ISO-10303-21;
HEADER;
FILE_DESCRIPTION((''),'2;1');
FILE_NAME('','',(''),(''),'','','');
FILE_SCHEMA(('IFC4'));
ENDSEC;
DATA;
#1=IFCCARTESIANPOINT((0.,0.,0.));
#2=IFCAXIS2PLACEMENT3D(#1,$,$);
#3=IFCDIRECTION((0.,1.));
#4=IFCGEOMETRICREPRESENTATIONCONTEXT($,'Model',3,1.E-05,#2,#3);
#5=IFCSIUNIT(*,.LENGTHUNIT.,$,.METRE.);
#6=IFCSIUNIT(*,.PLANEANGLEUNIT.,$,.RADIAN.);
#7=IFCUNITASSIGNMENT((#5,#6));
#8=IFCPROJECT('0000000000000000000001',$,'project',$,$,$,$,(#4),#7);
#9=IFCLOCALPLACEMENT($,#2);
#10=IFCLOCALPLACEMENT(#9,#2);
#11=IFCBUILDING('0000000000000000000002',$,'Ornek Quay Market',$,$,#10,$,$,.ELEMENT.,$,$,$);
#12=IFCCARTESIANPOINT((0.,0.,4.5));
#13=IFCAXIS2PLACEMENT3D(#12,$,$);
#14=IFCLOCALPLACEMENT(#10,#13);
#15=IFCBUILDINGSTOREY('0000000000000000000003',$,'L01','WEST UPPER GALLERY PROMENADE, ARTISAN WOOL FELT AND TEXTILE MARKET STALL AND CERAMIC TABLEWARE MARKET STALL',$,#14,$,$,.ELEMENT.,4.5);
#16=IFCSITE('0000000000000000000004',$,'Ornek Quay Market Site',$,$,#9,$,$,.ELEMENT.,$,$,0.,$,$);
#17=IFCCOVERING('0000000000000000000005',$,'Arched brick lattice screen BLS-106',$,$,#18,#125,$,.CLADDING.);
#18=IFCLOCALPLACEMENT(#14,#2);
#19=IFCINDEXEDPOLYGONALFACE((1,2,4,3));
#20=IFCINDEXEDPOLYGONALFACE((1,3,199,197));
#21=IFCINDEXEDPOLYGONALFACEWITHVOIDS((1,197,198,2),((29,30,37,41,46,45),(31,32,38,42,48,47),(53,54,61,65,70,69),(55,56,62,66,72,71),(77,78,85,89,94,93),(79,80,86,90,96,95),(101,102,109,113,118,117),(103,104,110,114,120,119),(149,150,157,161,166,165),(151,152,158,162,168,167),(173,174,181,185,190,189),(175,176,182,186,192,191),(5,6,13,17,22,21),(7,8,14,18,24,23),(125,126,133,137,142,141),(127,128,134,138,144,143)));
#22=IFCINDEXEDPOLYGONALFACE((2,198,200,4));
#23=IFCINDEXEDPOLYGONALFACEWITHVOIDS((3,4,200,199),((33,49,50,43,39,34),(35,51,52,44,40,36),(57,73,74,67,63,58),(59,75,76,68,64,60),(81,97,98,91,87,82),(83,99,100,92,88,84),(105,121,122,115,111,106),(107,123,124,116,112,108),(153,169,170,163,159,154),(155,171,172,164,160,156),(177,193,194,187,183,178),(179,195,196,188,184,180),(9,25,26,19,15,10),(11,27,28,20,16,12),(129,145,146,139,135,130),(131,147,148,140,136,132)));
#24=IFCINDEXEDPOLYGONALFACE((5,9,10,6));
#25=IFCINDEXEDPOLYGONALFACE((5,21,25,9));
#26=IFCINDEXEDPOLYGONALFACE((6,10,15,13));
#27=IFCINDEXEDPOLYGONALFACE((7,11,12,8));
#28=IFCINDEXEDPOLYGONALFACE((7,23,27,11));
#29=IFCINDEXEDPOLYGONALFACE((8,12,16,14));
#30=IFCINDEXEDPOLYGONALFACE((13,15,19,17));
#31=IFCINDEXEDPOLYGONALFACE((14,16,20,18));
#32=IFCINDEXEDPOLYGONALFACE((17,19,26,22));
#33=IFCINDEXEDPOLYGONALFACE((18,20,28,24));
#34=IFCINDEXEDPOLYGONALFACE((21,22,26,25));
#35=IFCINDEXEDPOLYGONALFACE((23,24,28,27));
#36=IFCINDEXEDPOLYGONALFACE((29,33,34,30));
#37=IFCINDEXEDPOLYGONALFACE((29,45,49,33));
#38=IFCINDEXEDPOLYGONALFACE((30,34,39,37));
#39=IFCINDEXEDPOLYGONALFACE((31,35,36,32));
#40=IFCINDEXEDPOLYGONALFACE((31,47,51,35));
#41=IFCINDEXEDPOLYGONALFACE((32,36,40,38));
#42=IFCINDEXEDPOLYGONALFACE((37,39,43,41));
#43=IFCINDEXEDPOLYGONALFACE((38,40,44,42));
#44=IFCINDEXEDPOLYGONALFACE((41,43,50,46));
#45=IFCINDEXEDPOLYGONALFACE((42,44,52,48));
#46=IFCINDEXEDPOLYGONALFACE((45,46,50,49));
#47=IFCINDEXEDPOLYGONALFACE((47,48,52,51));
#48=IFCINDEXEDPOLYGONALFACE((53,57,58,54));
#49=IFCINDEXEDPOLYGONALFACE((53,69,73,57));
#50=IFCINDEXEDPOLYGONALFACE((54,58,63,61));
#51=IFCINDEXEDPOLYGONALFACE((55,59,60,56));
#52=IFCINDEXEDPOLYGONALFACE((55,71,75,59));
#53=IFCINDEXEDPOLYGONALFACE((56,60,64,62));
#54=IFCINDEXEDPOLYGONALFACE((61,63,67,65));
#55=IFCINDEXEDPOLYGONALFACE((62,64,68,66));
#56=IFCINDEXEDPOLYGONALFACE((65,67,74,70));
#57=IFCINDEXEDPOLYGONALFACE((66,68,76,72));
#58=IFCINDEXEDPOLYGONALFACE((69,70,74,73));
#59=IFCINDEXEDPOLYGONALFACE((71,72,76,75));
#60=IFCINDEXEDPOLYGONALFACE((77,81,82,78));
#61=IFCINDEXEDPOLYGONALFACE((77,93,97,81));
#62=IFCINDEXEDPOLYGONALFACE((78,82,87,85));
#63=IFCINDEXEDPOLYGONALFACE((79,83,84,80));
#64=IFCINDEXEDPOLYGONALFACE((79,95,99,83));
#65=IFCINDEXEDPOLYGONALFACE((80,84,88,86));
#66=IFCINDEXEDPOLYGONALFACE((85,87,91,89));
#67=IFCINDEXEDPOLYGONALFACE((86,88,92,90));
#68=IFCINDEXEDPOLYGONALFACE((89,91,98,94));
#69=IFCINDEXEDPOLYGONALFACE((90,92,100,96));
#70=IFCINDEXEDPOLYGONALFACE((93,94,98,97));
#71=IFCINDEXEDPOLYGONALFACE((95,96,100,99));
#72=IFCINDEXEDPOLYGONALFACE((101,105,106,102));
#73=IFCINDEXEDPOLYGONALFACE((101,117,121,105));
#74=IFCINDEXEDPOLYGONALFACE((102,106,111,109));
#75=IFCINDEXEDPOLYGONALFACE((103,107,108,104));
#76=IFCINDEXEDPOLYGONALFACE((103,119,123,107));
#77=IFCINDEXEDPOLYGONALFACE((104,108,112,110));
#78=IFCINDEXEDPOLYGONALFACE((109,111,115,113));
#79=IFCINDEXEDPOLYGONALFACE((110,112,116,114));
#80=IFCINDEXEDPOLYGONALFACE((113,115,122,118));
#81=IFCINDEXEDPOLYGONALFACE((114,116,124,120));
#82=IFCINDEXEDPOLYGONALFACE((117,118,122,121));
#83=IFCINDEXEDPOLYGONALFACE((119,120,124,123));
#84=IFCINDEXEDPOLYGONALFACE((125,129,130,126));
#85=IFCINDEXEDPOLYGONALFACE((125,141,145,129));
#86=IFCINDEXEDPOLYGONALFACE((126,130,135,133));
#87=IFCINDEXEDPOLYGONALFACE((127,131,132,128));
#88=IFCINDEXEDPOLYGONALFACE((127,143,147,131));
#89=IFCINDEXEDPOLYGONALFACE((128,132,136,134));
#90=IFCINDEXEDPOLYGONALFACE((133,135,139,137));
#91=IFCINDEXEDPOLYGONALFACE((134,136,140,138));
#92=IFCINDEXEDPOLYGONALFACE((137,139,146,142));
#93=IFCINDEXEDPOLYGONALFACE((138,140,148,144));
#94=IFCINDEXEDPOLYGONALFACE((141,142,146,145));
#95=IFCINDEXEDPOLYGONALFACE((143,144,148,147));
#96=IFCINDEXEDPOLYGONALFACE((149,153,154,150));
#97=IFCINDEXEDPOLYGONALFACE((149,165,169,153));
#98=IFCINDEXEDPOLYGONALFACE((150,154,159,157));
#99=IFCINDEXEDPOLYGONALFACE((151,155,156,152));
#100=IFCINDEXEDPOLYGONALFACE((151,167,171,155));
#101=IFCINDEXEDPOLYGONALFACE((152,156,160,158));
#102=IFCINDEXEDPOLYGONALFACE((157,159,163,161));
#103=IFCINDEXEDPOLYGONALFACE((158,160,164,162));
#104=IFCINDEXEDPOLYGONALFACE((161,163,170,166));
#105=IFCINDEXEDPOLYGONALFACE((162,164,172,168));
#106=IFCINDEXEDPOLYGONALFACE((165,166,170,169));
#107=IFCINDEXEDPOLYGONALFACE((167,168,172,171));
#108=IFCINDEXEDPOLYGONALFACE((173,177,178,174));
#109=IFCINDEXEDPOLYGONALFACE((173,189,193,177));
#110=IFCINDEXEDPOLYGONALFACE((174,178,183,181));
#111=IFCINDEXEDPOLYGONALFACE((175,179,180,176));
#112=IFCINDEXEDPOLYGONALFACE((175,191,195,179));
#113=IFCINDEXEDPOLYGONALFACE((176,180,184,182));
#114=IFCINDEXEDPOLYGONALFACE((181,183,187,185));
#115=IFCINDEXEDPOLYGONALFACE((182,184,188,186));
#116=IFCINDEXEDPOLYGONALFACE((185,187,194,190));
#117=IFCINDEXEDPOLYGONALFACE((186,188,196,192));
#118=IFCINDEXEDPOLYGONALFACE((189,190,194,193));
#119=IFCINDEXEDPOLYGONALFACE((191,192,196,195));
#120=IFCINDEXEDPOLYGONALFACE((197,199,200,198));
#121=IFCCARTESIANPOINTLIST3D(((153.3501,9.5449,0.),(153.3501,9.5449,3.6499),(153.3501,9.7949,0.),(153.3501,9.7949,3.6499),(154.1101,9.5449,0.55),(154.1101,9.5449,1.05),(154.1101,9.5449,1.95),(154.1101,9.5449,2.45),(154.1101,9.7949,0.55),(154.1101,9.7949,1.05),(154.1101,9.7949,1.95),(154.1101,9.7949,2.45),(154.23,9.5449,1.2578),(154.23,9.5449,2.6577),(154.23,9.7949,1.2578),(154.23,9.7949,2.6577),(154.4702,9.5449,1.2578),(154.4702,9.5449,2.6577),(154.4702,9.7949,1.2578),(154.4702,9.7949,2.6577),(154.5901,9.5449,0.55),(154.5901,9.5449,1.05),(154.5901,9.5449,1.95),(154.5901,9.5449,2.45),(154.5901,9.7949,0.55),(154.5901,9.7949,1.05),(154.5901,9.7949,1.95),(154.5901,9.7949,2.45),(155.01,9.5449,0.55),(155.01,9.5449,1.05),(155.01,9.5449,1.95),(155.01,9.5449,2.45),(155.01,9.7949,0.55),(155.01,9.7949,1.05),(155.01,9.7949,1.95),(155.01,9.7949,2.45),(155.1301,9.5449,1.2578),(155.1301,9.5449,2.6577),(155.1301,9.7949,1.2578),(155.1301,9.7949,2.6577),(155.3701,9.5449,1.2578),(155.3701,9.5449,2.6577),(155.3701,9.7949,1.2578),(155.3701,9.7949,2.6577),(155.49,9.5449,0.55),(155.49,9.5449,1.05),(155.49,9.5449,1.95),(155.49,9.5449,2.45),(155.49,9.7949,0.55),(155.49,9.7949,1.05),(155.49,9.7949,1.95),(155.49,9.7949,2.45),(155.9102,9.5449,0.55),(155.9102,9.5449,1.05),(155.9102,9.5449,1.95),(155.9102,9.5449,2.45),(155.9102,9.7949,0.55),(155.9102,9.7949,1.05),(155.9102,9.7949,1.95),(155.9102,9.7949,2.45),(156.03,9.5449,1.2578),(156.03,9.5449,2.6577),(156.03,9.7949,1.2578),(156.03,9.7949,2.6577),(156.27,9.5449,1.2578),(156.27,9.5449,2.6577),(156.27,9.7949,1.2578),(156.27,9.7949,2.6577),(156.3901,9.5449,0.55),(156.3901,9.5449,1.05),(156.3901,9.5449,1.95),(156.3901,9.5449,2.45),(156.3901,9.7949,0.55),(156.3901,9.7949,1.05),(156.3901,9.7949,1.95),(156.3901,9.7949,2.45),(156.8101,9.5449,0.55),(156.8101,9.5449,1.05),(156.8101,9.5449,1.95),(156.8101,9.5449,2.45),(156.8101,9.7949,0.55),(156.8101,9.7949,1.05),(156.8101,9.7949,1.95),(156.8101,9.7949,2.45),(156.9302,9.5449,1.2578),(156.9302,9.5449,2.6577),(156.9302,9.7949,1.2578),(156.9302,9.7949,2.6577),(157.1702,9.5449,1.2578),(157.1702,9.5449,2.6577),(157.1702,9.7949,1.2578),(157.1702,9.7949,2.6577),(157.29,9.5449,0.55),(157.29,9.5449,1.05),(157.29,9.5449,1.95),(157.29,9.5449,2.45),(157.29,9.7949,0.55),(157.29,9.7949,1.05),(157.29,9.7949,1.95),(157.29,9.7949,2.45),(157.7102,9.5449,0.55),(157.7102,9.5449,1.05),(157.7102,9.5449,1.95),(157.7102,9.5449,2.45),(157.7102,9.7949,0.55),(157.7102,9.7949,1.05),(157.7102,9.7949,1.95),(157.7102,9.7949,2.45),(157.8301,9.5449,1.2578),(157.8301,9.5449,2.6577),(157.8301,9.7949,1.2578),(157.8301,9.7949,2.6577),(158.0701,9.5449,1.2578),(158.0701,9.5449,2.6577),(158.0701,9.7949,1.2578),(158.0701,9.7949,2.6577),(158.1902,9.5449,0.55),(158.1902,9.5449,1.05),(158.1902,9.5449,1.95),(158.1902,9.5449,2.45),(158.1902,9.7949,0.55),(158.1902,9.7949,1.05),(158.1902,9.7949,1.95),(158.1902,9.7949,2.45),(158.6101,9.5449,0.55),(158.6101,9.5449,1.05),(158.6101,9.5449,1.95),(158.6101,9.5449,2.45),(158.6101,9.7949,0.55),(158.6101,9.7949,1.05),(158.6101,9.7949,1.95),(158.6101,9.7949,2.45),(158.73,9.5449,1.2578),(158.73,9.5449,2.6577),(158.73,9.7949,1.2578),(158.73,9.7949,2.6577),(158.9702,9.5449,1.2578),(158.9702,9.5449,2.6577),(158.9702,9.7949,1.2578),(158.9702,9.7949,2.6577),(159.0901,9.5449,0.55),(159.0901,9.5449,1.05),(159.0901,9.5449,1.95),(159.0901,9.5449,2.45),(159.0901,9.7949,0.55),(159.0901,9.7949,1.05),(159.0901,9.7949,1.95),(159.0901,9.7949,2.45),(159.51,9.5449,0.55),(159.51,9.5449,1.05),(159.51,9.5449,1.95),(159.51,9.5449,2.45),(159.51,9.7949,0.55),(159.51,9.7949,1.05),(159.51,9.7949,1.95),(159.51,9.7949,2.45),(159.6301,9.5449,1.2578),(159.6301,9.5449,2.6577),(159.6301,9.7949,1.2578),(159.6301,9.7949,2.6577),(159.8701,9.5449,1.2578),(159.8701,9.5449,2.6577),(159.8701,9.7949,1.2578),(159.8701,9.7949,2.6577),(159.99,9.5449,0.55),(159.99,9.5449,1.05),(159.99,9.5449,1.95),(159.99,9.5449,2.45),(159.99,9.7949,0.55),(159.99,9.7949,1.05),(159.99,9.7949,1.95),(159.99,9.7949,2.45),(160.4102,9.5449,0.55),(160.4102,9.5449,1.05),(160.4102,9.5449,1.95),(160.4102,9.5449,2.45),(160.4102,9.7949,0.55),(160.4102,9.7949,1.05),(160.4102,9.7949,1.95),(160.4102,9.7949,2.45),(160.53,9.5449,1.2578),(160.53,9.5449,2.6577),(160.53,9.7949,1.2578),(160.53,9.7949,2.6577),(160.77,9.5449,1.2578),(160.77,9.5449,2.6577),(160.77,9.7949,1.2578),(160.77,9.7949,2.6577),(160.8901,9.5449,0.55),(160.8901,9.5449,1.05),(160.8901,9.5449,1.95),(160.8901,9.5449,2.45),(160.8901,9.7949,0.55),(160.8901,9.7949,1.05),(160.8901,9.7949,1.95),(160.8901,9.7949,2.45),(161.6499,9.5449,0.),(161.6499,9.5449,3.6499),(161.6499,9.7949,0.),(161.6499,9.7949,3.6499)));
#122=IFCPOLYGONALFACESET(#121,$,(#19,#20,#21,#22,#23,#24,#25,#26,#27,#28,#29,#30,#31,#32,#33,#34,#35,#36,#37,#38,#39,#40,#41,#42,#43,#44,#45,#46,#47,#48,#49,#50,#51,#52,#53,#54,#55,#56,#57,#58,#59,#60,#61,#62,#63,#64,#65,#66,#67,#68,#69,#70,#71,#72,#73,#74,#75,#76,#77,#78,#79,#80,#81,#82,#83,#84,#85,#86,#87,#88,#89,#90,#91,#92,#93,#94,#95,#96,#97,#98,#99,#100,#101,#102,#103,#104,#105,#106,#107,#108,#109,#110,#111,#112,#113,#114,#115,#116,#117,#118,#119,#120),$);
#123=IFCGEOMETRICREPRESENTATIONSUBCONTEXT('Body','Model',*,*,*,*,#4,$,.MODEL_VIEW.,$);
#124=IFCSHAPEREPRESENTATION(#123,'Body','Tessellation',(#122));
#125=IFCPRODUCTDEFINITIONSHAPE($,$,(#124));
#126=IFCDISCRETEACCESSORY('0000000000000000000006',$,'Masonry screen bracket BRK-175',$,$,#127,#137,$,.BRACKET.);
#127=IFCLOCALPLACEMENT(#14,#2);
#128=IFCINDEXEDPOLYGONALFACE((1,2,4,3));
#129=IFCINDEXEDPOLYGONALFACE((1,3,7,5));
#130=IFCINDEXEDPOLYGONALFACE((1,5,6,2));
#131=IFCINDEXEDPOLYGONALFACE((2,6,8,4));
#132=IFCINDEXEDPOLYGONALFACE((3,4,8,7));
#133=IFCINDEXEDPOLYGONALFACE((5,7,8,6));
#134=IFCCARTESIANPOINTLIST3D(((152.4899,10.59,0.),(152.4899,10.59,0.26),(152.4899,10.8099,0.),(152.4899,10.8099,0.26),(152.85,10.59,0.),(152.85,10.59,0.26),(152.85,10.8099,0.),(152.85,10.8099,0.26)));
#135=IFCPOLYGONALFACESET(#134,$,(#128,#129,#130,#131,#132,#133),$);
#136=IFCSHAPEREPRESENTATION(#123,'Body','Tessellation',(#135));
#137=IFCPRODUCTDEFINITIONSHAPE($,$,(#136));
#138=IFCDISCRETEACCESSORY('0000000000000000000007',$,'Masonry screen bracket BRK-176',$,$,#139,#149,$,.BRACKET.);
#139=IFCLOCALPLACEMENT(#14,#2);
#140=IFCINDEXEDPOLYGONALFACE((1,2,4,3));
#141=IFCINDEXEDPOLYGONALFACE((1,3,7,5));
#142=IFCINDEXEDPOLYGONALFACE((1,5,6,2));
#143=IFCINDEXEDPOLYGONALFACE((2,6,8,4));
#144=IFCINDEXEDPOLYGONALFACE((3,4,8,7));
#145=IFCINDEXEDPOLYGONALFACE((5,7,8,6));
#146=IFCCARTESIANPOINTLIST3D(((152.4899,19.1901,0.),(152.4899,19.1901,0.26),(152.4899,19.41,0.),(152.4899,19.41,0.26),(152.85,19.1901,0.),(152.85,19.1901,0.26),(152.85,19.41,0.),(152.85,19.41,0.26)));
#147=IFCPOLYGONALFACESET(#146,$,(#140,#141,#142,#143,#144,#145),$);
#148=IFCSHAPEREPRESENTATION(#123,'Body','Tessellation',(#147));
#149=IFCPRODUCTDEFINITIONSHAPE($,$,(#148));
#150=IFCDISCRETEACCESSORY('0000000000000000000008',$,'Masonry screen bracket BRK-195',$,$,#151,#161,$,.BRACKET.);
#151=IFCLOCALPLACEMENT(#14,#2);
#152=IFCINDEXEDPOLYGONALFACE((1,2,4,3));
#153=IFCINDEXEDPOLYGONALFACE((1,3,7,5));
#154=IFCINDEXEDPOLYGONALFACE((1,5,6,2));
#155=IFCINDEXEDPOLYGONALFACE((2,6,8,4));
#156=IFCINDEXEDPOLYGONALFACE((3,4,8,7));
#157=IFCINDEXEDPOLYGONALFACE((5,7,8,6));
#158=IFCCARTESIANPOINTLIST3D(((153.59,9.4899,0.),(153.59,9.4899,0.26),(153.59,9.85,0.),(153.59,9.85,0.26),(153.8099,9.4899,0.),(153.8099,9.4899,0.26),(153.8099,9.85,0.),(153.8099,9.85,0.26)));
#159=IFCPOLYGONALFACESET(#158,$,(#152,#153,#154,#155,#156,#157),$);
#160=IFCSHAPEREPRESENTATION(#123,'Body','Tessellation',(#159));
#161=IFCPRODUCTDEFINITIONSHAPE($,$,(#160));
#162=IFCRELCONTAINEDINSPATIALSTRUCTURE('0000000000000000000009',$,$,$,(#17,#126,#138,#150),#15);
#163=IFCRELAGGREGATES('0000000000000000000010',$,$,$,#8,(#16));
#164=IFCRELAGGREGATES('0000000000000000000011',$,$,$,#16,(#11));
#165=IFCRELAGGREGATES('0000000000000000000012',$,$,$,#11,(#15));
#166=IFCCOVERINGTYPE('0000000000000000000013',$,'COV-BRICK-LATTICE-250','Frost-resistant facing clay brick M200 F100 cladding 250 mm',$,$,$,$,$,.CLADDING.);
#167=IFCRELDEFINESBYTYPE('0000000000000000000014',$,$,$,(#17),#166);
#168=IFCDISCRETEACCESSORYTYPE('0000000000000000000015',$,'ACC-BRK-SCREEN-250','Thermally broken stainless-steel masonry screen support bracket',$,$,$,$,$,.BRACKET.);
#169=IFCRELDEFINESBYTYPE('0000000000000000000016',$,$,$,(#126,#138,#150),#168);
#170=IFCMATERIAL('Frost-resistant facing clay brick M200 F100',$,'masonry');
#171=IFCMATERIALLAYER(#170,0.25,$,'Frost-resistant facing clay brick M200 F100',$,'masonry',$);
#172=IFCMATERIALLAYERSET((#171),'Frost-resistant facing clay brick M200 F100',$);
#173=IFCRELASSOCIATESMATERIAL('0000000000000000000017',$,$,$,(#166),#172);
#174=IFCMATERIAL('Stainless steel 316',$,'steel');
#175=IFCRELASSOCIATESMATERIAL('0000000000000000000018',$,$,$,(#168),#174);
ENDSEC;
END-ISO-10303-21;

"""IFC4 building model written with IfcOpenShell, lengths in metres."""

from ifc_helpers import new_model, si_unit, direction, frame, origin, origin_2d, place, context, subcontext, project, spatial, polyline, rectangle, outline, extrude, material, layer, layer_set, type_object, element, save


model = new_model("IFC4")

# Units and contexts
model_context = context("Model", 3, precision=1e-05, world=origin(), true_north=direction((0.0, 1.0)))
body_context = subcontext(model_context, "Body", "Model", "MODEL_VIEW")
ifc_project = project(units=[si_unit("LENGTHUNIT", "METRE"), si_unit("PLANEANGLEUNIT", "RADIAN")], contexts=[model_context])

# Site, building, storey
site_placement = place(None, origin())
site = spatial("IfcSite", under=ifc_project, at=site_placement, Name="Ornek Quay Market Site", CompositionType="ELEMENT", RefElevation=0.0)
building_placement = place(site_placement, origin())
building = spatial("IfcBuilding", under=site, at=building_placement, Name="Ornek Quay Market", CompositionType="ELEMENT")
storey_placement = place(building_placement, frame((0.0, 0.0, 4.5)))
storey = spatial("IfcBuildingStorey", under=building, at=storey_placement, Name="L01", Description="WEST UPPER GALLERY PROMENADE, ARTISAN WOOL FELT AND TEXTILE MARKET STALL AND CERAMIC TABLEWARE MARKET STALL", CompositionType="ELEMENT", Elevation=4.5)

# Shared definitions
ifc_material_1 = material(Name="Frost-resistant facing clay brick M200 F100", Category="masonry")

# Covering
ifc_layer_1 = layer(ifc_material_1, 0.25, Name="Frost-resistant facing clay brick M200 F100", Category="masonry")
ifc_layer_set_1 = layer_set([ifc_layer_1], Name="Frost-resistant facing clay brick M200 F100")
covering_type = type_object("IfcCoveringType", Name="COV-BRICK-LATTICE-250", Description="Frost-resistant facing clay brick M200 F100 cladding 250 mm", PredefinedType="CLADDING", material=ifc_layer_set_1)
covering_1_placement = place(storey_placement, frame((153.3501, 9.6699, 0.0), z_axis=(0.0, 0.0, 1.0), x_axis=(1.0, 0.0, 0.0)))
element("IfcCovering", 1, at=covering_1_placement, inside=storey, type_object=covering_type, Name="Arched brick lattice screen BLS-106", PredefinedType="CLADDING", context=body_context, shape_type="SweptSolid", body=[
    extrude(outline(polyline([(0.0, 0.0), (8.2998, 0.0), (8.2998, 3.6499), (0.0, 3.6499), (0.0, 0.0)]), holes=[polyline([(0.76, 0.55), (1.24, 0.55), (1.24, 1.05), (1.1201, 1.2578), (0.8799, 1.2578), (0.76, 1.05), (0.76, 0.55)]), polyline([(0.76, 1.95), (1.24, 1.95), (1.24, 2.45), (1.1201, 2.6577), (0.8799, 2.6577), (0.76, 2.45), (0.76, 1.95)]), polyline([(1.6599, 0.55), (2.1399, 0.55), (2.1399, 1.05), (2.02, 1.2578), (1.78, 1.2578), (1.6599, 1.05), (1.6599, 0.55)]), polyline([(1.6599, 1.95), (2.1399, 1.95), (2.1399, 2.45), (2.02, 2.6577), (1.78, 2.6577), (1.6599, 2.45), (1.6599, 1.95)]), polyline([(2.5601, 0.55), (3.04, 0.55), (3.04, 1.05), (2.9199, 1.2578), (2.6799, 1.2578), (2.5601, 1.05), (2.5601, 0.55)]), polyline([(2.5601, 1.95), (3.04, 1.95), (3.04, 2.45), (2.9199, 2.6577), (2.6799, 2.6577), (2.5601, 2.45), (2.5601, 1.95)]), polyline([(3.46, 0.55), (3.9399, 0.55), (3.9399, 1.05), (3.8201, 1.2578), (3.5801, 1.2578), (3.46, 1.05), (3.46, 0.55)]), polyline([(3.46, 1.95), (3.9399, 1.95), (3.9399, 2.45), (3.8201, 2.6577), (3.5801, 2.6577), (3.46, 2.45), (3.46, 1.95)]), polyline([(4.3601, 0.55), (4.8401, 0.55), (4.8401, 1.05), (4.72, 1.2578), (4.48, 1.2578), (4.3601, 1.05), (4.3601, 0.55)]), polyline([(4.3601, 1.95), (4.8401, 1.95), (4.8401, 2.45), (4.72, 2.6577), (4.48, 2.6577), (4.3601, 2.45), (4.3601, 1.95)]), polyline([(5.26, 0.55), (5.74, 0.55), (5.74, 1.05), (5.6201, 1.2578), (5.3799, 1.2578), (5.26, 1.05), (5.26, 0.55)]), polyline([(5.26, 1.95), (5.74, 1.95), (5.74, 2.45), (5.6201, 2.6577), (5.3799, 2.6577), (5.26, 2.45), (5.26, 1.95)]), polyline([(6.1599, 0.55), (6.6399, 0.55), (6.6399, 1.05), (6.52, 1.2578), (6.28, 1.2578), (6.1599, 1.05), (6.1599, 0.55)]), polyline([(6.1599, 1.95), (6.6399, 1.95), (6.6399, 2.45), (6.52, 2.6577), (6.28, 2.6577), (6.1599, 2.45), (6.1599, 1.95)]), polyline([(7.0601, 0.55), (7.54, 0.55), (7.54, 1.05), (7.4199, 1.2578), (7.1799, 1.2578), (7.0601, 1.05), (7.0601, 0.55)]), polyline([(7.0601, 1.95), (7.54, 1.95), (7.54, 2.45), (7.4199, 2.6577), (7.1799, 2.6577), (7.0601, 2.45), (7.0601, 1.95)])]), frame((0.0, 0.125, 0.0), z_axis=(0.0, -1.0, 0.0), x_axis=(1.0, 0.0, 0.0)), (0.0, 0.0, 1.0), 0.25),
])

# Discrete accessories
ifc_material_2 = material(Name="Stainless steel 316", Category="steel")
discrete_accessory_type = type_object("IfcDiscreteAccessoryType", Name="ACC-BRK-SCREEN-250", Description="Thermally broken stainless-steel masonry screen support bracket", PredefinedType="BRACKET", material=ifc_material_2)
for number, where, z_axis, x_axis, name in (
    (2, (152.6699, 10.7, 0.0), (0.0, 0.0, 1.0), (0.0, 1.0, 0.0), "Masonry screen bracket BRK-175"),
    (3, (152.6699, 19.3, 0.0), (0.0, 0.0, 1.0), (0.0, 1.0, 0.0), "Masonry screen bracket BRK-176"),
    (4, (153.7, 9.6699, 0.0), (0.0, 0.0, 1.0), (1.0, 0.0, 0.0), "Masonry screen bracket BRK-195"),
):
    element("IfcDiscreteAccessory", number, at=place(storey_placement, frame(where, z_axis=z_axis, x_axis=x_axis)), inside=storey, type_object=discrete_accessory_type, Name=name, PredefinedType="BRACKET", context=body_context, shape_type="SweptSolid", body=[
        extrude(rectangle(XDim=0.22, YDim=0.3601, at=origin_2d()), origin(), (0.0, 0.0, 1.0), 0.26),
    ])

save(model, "model.ifc")
